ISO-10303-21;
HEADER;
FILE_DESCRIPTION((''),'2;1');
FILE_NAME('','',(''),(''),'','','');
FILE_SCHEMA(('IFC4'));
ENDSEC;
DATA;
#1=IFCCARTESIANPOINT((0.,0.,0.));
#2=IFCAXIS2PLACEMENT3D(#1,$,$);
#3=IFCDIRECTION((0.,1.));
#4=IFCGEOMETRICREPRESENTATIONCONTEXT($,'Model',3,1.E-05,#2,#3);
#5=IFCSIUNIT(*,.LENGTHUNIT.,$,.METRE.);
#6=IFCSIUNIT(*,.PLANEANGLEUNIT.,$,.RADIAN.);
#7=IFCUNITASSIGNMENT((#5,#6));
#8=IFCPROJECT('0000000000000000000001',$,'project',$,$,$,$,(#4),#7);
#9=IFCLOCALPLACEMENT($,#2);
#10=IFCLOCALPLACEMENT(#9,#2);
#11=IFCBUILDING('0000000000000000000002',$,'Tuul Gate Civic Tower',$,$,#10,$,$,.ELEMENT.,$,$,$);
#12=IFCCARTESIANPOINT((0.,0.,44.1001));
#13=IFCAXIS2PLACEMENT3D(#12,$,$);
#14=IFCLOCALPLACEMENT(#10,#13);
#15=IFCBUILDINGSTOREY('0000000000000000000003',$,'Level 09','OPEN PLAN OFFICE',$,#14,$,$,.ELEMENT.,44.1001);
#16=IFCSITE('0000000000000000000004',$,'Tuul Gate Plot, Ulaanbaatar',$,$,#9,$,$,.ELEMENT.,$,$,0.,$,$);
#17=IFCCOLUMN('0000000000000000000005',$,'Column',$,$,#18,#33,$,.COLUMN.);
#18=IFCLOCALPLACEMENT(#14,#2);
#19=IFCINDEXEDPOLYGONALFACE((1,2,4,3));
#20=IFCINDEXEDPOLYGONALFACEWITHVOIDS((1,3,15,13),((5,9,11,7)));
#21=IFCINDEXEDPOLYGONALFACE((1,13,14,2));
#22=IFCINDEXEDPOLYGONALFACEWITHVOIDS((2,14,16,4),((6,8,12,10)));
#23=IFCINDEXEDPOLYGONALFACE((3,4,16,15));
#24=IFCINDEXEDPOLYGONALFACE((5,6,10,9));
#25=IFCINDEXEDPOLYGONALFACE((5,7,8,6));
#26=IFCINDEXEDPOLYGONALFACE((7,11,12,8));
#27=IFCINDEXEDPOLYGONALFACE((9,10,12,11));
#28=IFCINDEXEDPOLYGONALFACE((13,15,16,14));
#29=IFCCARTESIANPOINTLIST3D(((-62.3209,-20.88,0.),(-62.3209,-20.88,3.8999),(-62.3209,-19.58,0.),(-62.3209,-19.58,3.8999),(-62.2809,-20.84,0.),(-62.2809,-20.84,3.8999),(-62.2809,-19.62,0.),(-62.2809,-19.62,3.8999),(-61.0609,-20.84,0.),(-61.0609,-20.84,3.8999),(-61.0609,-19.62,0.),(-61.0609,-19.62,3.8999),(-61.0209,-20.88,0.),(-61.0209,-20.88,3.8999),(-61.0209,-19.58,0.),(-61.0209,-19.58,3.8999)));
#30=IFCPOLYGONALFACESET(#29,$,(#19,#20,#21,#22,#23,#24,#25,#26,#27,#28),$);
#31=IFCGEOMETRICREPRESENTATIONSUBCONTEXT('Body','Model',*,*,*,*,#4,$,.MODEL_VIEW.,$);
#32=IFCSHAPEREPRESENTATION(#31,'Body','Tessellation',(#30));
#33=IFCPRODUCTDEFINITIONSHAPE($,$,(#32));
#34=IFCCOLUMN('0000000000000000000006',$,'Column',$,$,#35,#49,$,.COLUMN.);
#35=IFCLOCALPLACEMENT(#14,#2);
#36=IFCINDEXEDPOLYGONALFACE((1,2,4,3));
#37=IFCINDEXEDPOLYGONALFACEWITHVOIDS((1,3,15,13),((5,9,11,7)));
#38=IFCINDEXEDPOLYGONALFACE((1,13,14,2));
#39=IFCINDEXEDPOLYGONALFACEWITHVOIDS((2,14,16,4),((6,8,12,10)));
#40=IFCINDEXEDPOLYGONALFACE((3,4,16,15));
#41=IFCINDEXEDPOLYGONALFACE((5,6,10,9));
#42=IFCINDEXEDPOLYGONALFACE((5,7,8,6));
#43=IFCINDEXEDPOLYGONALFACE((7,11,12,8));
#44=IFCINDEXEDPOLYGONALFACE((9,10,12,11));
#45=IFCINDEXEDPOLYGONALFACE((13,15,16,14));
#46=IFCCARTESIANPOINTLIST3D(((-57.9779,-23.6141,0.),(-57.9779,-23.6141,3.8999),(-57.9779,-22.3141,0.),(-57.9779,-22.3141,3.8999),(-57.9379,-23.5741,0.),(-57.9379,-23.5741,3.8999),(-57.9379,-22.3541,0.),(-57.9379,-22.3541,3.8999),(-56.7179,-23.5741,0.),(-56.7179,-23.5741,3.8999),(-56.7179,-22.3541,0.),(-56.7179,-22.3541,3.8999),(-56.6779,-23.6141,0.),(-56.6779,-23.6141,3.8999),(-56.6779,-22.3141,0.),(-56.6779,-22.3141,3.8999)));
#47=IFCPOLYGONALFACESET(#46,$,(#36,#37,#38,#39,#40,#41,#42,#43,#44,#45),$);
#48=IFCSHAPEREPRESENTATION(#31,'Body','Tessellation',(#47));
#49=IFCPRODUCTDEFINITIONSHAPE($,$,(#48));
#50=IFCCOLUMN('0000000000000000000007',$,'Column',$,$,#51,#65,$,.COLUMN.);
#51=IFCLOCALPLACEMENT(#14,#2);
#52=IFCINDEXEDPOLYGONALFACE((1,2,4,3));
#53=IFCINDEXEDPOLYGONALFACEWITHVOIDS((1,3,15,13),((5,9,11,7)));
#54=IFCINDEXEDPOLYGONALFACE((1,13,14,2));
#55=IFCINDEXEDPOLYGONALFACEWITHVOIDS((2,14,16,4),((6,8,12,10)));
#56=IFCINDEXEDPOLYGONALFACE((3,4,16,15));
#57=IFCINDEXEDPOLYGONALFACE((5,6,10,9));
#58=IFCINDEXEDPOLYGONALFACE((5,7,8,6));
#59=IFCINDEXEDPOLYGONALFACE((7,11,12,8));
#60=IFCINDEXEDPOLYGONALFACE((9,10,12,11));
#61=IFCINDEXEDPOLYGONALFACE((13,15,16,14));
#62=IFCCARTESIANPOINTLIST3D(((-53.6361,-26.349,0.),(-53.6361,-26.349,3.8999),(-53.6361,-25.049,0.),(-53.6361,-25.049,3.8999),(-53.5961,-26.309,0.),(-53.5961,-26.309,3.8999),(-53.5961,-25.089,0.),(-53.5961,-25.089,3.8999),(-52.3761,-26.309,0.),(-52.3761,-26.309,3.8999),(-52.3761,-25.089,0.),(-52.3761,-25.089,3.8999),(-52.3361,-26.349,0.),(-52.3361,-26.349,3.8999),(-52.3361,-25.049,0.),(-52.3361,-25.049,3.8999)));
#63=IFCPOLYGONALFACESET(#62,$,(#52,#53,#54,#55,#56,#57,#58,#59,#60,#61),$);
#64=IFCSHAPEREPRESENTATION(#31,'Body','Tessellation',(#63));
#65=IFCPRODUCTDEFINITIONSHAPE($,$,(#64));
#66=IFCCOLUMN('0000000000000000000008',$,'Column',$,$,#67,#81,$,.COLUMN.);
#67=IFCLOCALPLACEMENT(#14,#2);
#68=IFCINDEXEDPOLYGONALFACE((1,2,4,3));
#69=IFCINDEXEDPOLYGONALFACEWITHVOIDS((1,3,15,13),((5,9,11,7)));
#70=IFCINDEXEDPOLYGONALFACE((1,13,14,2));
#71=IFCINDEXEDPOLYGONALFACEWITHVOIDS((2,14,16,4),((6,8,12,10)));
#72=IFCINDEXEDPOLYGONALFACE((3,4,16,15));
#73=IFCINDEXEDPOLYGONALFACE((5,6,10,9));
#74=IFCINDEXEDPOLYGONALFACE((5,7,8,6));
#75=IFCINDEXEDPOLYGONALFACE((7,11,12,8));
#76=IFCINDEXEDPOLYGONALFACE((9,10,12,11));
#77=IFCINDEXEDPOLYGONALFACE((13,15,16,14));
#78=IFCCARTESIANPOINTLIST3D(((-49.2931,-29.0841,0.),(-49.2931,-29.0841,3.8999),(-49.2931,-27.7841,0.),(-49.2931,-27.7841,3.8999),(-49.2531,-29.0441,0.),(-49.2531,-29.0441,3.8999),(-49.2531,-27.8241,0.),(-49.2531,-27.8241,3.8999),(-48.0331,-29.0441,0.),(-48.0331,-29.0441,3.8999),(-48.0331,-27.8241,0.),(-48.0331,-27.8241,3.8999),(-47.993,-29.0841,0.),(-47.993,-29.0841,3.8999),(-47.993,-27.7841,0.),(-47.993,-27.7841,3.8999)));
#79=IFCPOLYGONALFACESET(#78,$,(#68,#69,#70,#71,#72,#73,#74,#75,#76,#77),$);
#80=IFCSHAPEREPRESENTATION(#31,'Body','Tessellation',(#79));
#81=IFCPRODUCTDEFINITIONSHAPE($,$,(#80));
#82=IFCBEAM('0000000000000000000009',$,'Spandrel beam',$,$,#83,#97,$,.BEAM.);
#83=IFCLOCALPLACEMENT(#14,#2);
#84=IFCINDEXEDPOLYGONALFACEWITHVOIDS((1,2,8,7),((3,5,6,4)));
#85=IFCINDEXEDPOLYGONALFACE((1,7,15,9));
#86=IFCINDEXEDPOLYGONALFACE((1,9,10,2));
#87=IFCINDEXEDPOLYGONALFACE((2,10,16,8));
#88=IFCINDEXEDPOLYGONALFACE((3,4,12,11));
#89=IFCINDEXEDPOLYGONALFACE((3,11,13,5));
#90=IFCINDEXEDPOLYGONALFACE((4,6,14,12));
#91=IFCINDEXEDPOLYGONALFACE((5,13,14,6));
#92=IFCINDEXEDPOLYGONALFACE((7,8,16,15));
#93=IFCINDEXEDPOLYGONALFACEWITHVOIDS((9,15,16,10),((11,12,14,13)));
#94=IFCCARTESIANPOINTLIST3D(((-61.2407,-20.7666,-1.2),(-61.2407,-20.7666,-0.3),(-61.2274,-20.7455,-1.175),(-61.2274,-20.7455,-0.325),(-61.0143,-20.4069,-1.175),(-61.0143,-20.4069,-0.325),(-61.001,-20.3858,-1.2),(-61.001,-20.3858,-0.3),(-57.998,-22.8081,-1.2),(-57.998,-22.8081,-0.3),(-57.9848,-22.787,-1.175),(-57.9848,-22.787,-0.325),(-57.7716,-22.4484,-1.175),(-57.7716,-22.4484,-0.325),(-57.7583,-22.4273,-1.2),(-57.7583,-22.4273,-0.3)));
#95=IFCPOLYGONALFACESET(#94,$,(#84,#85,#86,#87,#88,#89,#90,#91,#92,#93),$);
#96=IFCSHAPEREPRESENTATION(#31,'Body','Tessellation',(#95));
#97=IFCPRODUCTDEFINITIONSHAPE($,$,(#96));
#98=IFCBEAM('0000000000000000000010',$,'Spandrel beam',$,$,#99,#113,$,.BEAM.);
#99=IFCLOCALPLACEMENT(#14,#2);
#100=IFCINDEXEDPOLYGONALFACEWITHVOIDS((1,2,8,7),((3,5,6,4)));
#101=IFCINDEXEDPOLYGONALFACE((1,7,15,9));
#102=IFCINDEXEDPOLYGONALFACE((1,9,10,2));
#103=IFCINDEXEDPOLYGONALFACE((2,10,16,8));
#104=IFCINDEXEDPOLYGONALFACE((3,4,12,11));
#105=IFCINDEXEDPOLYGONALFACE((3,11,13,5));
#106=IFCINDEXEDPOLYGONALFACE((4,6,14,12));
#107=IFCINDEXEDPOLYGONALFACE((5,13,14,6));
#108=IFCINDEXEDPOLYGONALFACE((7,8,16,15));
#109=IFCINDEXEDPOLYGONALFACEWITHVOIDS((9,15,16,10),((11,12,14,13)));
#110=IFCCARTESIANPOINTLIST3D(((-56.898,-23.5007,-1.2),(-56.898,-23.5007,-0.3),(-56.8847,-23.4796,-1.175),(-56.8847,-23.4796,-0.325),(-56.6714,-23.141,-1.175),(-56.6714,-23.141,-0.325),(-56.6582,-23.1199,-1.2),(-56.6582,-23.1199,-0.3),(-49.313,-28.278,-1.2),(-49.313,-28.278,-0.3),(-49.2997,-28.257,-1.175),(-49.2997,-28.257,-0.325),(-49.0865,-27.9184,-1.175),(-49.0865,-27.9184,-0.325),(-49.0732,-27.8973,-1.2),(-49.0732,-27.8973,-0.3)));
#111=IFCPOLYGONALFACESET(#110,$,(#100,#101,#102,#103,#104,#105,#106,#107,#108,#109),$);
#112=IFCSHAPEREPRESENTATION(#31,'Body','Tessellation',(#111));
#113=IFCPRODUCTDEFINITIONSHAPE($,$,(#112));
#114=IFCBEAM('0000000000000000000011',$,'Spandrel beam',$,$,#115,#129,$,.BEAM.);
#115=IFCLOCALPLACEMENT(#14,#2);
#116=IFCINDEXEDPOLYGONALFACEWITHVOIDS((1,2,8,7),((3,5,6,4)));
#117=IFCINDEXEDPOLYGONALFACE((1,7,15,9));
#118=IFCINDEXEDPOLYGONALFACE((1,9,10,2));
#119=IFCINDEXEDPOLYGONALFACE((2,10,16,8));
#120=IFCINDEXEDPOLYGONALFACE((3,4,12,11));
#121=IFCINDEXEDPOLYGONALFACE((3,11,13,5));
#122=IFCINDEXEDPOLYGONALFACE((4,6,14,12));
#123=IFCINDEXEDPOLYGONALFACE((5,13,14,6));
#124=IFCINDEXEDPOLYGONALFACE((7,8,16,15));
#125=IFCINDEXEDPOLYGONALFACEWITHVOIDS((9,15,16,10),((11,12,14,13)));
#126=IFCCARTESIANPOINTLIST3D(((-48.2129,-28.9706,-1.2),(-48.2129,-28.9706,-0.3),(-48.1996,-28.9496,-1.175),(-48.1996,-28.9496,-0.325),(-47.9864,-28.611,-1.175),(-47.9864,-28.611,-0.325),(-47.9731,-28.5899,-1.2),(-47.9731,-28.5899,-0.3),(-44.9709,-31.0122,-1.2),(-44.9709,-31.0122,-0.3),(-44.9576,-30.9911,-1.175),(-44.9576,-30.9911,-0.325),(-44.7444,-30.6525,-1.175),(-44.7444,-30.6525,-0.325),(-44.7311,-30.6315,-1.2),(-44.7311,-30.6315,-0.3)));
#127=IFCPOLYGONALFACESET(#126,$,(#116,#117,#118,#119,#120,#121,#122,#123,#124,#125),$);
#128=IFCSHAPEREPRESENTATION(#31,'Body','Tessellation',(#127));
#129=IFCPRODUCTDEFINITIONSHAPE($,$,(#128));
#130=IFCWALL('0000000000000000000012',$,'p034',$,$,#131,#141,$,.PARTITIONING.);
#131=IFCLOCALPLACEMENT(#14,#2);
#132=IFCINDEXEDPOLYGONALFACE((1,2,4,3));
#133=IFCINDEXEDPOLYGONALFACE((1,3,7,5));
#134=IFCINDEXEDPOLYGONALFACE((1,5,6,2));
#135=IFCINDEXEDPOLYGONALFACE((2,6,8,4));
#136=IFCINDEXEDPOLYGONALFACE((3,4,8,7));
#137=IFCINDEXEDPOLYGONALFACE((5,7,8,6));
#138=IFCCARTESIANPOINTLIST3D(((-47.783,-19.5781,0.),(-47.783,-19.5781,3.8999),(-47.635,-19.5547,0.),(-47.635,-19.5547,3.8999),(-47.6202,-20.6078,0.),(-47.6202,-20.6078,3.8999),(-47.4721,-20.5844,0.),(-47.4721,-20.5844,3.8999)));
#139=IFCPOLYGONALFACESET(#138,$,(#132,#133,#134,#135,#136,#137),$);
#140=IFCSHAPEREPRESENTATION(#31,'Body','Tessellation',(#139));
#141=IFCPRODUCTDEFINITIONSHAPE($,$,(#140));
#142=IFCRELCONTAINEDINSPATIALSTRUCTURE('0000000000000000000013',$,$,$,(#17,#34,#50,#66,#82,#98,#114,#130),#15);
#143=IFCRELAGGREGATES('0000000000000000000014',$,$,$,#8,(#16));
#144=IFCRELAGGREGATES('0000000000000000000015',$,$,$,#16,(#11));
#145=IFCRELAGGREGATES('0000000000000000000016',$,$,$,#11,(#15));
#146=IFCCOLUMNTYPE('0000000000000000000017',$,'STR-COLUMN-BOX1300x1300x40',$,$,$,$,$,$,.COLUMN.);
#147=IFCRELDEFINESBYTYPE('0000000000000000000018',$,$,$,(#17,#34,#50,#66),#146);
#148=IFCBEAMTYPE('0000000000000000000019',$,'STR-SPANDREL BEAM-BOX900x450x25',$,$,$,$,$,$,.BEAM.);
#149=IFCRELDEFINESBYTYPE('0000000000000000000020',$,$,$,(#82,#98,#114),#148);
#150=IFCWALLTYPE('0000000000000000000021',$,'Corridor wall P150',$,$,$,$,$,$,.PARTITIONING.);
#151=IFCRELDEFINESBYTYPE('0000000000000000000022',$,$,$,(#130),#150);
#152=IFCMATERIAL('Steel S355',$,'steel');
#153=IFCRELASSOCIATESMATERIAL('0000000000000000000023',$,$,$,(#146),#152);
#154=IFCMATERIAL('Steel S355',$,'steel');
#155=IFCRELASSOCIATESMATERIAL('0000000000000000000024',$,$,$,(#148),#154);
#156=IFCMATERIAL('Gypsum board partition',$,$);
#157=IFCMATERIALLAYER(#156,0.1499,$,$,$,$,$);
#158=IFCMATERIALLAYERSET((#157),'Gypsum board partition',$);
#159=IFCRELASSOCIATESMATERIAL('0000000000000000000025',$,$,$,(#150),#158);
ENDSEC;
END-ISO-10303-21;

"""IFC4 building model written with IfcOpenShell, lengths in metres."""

from ifc_helpers import new_model, si_unit, direction, frame, frame_2d, origin, origin_2d, place, context, subcontext, project, spatial, rectangle, hollow_rectangle, extrude, material, layer, layer_set, material_profile, profile_set, type_object, element, save


model = new_model("IFC4")

# Units and contexts
model_context = context("Model", 3, precision=1e-05, world=origin(), true_north=direction((0.0, 1.0)))
body_context = subcontext(model_context, "Body", "Model", "MODEL_VIEW")
ifc_project = project(units=[si_unit("LENGTHUNIT", "METRE"), si_unit("PLANEANGLEUNIT", "RADIAN")], contexts=[model_context])

# Site, building, storey
site_placement = place(None, origin())
site = spatial("IfcSite", under=ifc_project, at=site_placement, Name="Tuul Gate Plot, Ulaanbaatar", CompositionType="ELEMENT", RefElevation=0.0)
building_placement = place(site_placement, origin())
building = spatial("IfcBuilding", under=site, at=building_placement, Name="Tuul Gate Civic Tower", CompositionType="ELEMENT")
storey_placement = place(building_placement, frame((0.0, 0.0, 44.1001)))
storey = spatial("IfcBuildingStorey", under=building, at=storey_placement, Name="Level 09", Description="OPEN PLAN OFFICE", CompositionType="ELEMENT", Elevation=44.1001)

# Columns
ifc_material_1 = material(Name="Steel S355", Category="steel")
ifc_material_profile_1 = material_profile(ifc_material_1, hollow_rectangle(XDim=1.3, YDim=1.3, WallThickness=0.04, at=origin_2d()), Name="BOX1300x1300x40")
ifc_profile_set_1 = profile_set([ifc_material_profile_1], Name="Steel S355")
column_type = type_object("IfcColumnType", Name="STR-COLUMN-BOX1300x1300x40", PredefinedType="COLUMN", material=ifc_profile_set_1)
for number, where, z_axis, x_axis, name in (
    (1, (-61.6709, -20.23, 0.0), (0.0, 0.0, 1.0), (1.0, 0.0, 0.0), "Column"),
    (2, (-57.3279, -22.9641, 0.0), (0.0, 0.0, 1.0), (1.0, 0.0, 0.0), "Column"),
    (3, (-52.9861, -25.699, 0.0), (0.0, 0.0, 1.0), (1.0, 0.0, 0.0), "Column"),
    (4, (-48.6431, -28.4341, 0.0), (0.0, 0.0, 1.0), (1.0, 0.0, 0.0), "Column"),
):
    element("IfcColumn", number, at=place(storey_placement, frame(where, z_axis=z_axis, x_axis=x_axis)), inside=storey, type_object=column_type, Name=name, PredefinedType="COLUMN", context=body_context, shape_type="SweptSolid", body=[
        extrude(hollow_rectangle(XDim=1.3, YDim=1.3, WallThickness=0.04, at=origin_2d()), origin(), (0.0, 0.0, 1.0), 3.8999),
    ])

# Beams
ifc_material_2 = material(Name="Steel S355", Category="steel")
ifc_material_profile_2 = material_profile(ifc_material_2, hollow_rectangle(XDim=0.45, YDim=0.8999, WallThickness=0.0249, at=origin_2d()), Name="BOX900x450x25")
ifc_profile_set_2 = profile_set([ifc_material_profile_2], Name="Steel S355")
beam_type = type_object("IfcBeamType", Name="STR-SPANDREL BEAM-BOX900x450x25", PredefinedType="BEAM", material=ifc_profile_set_2)
beam_1_placement = place(storey_placement, frame((-61.1208, -20.5762, -0.75), z_axis=(0.846254, -0.532779, 0.0), x_axis=(0.532779, 0.846254, 0.0)))
element("IfcBeam", 5, at=beam_1_placement, inside=storey, type_object=beam_type, Name="Spandrel beam", PredefinedType="BEAM", context=body_context, shape_type="SweptSolid", body=[
    extrude(hollow_rectangle(XDim=0.45, YDim=0.8999, WallThickness=0.0249, at=origin_2d()), origin(), (0.0, 0.0, 1.0), 3.8318),
])
beam_2_placement = place(storey_placement, frame((-56.7781, -23.3103, -0.75), z_axis=(0.846151, -0.532943, 0.0), x_axis=(0.532943, 0.846151, 0.0)))
element("IfcBeam", 6, at=beam_2_placement, inside=storey, type_object=beam_type, Name="Spandrel beam", PredefinedType="BEAM", context=body_context, shape_type="SweptSolid", body=[
    extrude(hollow_rectangle(XDim=0.45, YDim=0.8999, WallThickness=0.0249, at=origin_2d()), origin(), (0.0, 0.0, 1.0), 8.9641),
])
beam_3_placement = place(storey_placement, frame((-48.093, -28.7803, -0.75), z_axis=(0.8462, -0.532866, 0.0), x_axis=(0.532866, 0.8462, 0.0)))
element("IfcBeam", 7, at=beam_3_placement, inside=storey, type_object=beam_type, Name="Spandrel beam", PredefinedType="BEAM", context=body_context, shape_type="SweptSolid", body=[
    extrude(hollow_rectangle(XDim=0.45, YDim=0.8999, WallThickness=0.0249, at=origin_2d()), origin(), (0.0, 0.0, 1.0), 3.8313),
])

# Wall
ifc_material_3 = material(Name="Gypsum board partition")
ifc_layer_1 = layer(ifc_material_3, 0.1499)
ifc_layer_set_1 = layer_set([ifc_layer_1], Name="Gypsum board partition")
wall_type_1 = type_object("IfcWallType", Name="Corridor wall P150", PredefinedType="PARTITIONING", material=ifc_layer_set_1)
wall_1_placement = place(storey_placement, frame((-47.709, -19.5664, 0.0), z_axis=(0.0, 0.0, 1.0), x_axis=(0.156191, -0.987727, 0.0)))
element("IfcWall", 8, at=wall_1_placement, inside=storey, type_object=wall_type_1, Name="p034", PredefinedType="PARTITIONING", context=body_context, shape_type="SweptSolid", body=[
    extrude(rectangle(XDim=1.0425, YDim=0.1499, at=frame_2d((0.5212, 0.0))), origin(), (0.0, 0.0, 1.0), 3.8999),
])

save(model, "model.ifc")
